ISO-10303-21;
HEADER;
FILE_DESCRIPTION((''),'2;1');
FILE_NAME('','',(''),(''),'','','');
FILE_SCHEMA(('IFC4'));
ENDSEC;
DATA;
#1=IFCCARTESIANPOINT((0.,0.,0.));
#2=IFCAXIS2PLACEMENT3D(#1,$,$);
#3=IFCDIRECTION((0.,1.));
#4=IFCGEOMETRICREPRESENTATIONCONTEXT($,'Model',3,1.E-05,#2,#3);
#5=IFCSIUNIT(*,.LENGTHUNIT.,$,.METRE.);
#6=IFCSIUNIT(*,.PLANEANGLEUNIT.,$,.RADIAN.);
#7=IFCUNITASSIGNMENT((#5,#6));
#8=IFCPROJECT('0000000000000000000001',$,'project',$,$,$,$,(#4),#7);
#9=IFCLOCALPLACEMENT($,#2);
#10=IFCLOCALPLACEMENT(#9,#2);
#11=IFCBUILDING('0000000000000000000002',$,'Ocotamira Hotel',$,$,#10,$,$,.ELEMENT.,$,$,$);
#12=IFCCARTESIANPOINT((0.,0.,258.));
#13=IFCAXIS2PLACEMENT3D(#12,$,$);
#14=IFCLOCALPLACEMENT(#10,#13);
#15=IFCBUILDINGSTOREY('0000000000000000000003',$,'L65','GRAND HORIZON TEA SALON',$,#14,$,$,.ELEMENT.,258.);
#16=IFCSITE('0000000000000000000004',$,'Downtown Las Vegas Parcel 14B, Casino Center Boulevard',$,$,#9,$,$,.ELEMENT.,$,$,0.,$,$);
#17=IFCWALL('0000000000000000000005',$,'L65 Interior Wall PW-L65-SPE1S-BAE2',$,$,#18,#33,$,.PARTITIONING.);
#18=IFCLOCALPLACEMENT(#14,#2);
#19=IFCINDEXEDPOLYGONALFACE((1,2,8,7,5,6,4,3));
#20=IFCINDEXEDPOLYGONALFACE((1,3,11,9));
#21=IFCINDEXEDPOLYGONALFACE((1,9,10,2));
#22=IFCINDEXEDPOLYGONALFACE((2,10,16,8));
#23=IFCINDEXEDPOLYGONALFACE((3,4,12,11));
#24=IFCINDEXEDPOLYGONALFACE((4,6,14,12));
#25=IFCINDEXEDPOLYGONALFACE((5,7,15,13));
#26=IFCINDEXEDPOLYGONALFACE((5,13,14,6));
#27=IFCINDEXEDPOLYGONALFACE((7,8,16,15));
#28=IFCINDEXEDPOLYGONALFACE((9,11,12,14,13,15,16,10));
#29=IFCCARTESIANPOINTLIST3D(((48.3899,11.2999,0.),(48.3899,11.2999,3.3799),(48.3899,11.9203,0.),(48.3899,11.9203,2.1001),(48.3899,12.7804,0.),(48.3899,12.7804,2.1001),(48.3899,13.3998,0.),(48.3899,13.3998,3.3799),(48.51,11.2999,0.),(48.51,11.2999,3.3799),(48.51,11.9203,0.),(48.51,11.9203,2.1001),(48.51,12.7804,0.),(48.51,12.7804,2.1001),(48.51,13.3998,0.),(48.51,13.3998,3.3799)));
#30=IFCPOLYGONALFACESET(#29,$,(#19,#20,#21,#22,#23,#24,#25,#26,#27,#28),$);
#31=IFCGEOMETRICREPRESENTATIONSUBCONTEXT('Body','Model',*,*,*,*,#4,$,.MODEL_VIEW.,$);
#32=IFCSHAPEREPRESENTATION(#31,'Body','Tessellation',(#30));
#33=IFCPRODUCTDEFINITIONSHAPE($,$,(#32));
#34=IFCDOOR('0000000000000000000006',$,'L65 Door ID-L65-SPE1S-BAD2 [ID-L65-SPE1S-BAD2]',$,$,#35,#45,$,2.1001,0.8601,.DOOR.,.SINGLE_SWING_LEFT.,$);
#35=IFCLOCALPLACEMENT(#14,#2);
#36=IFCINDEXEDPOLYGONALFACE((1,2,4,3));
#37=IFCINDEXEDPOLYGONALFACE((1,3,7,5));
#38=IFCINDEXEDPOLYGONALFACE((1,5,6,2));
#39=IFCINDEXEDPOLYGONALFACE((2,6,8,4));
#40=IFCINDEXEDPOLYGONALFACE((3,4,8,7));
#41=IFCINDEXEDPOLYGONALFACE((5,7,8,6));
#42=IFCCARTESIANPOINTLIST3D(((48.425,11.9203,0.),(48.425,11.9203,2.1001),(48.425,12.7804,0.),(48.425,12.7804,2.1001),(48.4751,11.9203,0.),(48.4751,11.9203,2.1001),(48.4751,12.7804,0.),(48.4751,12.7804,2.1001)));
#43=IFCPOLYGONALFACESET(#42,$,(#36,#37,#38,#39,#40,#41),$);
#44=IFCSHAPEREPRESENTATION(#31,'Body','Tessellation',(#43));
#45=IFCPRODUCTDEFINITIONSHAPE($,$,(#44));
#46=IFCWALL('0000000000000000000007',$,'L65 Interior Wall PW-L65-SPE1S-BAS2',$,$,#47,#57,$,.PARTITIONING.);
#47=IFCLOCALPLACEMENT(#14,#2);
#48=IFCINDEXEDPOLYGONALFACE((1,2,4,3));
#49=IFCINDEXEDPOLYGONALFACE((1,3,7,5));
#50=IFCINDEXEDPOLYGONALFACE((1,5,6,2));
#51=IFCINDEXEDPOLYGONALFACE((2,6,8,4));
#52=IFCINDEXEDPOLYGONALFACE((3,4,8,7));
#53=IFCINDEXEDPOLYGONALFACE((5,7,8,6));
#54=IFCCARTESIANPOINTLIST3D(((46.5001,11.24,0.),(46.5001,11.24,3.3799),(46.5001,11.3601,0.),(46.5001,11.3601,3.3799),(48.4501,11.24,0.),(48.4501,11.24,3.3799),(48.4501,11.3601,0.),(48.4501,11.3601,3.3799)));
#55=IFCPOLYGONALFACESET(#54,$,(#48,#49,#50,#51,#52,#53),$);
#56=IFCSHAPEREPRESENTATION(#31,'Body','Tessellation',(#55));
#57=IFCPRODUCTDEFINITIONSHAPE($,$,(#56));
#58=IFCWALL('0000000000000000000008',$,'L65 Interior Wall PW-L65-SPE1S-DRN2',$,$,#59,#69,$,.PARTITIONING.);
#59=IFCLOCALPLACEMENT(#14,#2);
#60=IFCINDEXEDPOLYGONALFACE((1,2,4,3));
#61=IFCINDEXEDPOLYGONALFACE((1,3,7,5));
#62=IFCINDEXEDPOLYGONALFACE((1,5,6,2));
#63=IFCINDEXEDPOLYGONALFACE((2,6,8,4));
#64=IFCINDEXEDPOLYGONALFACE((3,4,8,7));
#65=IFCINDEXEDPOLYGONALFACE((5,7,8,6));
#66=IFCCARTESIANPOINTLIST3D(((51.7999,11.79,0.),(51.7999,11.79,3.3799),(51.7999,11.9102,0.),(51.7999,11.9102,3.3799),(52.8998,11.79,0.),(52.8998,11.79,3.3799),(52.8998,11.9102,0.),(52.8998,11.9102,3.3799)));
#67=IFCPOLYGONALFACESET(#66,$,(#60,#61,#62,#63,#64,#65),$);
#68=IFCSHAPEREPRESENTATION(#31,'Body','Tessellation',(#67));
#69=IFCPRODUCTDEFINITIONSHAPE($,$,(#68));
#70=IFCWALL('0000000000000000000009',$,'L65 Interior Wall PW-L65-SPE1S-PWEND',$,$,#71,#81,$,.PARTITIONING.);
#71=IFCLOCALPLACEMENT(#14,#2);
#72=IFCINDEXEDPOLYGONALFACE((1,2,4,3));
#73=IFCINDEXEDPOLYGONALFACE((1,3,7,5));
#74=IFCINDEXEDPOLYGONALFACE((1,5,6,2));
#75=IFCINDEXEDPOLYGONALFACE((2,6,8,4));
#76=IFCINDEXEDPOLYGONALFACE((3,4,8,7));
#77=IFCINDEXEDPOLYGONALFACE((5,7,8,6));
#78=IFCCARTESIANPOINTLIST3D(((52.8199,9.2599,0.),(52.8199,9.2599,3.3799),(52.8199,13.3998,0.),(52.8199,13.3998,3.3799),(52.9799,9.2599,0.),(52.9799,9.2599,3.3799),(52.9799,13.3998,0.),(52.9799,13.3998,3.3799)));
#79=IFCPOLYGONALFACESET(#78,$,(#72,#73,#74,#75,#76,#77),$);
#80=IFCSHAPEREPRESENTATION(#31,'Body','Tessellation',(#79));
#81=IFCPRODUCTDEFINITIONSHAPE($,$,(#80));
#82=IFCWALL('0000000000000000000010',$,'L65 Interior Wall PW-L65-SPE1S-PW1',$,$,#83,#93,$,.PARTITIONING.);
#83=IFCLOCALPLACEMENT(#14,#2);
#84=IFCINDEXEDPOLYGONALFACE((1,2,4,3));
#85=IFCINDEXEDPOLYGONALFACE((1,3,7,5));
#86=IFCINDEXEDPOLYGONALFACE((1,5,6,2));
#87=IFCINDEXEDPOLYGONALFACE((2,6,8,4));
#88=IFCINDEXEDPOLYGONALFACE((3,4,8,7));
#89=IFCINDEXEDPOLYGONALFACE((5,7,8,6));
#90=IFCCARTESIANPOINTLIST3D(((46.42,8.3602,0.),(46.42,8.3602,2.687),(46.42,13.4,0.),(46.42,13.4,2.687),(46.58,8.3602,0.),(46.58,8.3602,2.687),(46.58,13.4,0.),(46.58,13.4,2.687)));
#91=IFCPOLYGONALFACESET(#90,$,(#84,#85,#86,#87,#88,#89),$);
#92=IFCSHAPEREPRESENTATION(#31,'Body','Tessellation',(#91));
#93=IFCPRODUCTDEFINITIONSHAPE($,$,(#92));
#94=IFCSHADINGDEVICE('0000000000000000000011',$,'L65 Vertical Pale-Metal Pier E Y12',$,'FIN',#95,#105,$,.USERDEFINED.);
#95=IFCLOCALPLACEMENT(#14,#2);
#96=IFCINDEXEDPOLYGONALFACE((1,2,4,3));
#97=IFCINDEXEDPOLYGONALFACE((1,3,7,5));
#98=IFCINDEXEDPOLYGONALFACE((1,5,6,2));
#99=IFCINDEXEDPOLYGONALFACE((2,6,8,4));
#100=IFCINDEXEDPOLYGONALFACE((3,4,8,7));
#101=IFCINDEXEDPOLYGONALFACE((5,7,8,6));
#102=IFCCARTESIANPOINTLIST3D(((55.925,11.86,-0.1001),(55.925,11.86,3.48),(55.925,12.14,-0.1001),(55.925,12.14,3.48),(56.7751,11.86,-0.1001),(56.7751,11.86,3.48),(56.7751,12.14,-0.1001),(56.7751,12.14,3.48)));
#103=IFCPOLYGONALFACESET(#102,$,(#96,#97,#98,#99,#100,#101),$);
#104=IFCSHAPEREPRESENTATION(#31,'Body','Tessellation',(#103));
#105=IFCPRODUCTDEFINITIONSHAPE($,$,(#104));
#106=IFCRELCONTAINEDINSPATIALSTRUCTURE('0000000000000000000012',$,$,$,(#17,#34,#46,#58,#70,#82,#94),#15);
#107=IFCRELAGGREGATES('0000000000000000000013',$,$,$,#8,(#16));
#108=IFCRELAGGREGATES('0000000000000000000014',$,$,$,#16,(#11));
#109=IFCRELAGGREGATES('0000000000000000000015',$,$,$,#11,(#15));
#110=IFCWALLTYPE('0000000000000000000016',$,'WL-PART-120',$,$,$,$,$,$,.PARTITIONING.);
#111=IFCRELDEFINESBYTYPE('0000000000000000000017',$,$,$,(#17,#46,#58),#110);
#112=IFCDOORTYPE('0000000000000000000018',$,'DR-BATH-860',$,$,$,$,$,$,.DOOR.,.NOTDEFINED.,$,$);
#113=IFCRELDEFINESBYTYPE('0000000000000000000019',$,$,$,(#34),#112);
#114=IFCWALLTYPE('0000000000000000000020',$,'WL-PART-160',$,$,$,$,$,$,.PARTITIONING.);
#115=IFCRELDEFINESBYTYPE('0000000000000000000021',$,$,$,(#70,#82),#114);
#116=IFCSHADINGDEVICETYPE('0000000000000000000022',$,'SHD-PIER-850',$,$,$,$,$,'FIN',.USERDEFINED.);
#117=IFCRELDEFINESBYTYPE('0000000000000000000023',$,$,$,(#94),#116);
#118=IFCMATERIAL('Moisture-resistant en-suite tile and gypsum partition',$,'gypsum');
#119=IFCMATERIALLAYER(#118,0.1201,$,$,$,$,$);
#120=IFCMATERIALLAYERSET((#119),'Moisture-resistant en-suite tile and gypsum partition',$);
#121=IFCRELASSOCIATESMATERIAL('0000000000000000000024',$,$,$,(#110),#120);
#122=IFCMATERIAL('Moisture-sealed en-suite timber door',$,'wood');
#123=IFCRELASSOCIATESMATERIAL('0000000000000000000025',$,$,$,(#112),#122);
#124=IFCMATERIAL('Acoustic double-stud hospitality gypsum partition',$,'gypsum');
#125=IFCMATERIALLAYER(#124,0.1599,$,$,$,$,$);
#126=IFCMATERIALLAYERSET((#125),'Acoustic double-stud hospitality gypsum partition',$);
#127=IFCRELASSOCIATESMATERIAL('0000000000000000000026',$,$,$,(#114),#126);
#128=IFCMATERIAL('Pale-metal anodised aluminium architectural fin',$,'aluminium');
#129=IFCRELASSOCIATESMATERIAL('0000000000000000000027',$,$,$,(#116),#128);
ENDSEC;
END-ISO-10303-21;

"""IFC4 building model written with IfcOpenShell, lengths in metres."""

from ifc_helpers import new_model, si_unit, direction, frame, frame_2d, origin, origin_2d, place, context, subcontext, project, spatial, rectangle, extrude, source, transform, mapped, material, layer, layer_set, type_object, element, fill, save


model = new_model("IFC4")

# Units and contexts
model_context = context("Model", 3, precision=1e-05, world=origin(), true_north=direction((0.0, 1.0)))
body_context = subcontext(model_context, "Body", "Model", "MODEL_VIEW")
ifc_project = project(units=[si_unit("LENGTHUNIT", "METRE"), si_unit("PLANEANGLEUNIT", "RADIAN")], contexts=[model_context])

# Site, building, storey
site_placement = place(None, origin())
site = spatial("IfcSite", under=ifc_project, at=site_placement, Name="Downtown Las Vegas Parcel 14B, Casino Center Boulevard", CompositionType="ELEMENT", RefElevation=0.0)
building_placement = place(site_placement, origin())
building = spatial("IfcBuilding", under=site, at=building_placement, Name="Ocotamira Hotel", CompositionType="ELEMENT")
storey_placement = place(building_placement, frame((0.0, 0.0, 258.0)))
storey = spatial("IfcBuildingStorey", under=building, at=storey_placement, Name="L65", Description="GRAND HORIZON TEA SALON", CompositionType="ELEMENT", Elevation=258.0)

# Wall, opening, door
ifc_material_1 = material(Name="Moisture-resistant en-suite tile and gypsum partition", Category="gypsum")
ifc_layer_1 = layer(ifc_material_1, 0.1201)
ifc_layer_set_1 = layer_set([ifc_layer_1], Name="Moisture-resistant en-suite tile and gypsum partition")
wall_type_1 = type_object("IfcWallType", Name="WL-PART-120", PredefinedType="PARTITIONING", material=ifc_layer_set_1)
wall_1_placement = place(storey_placement, frame((48.45, 11.3, 0.0), z_axis=(0.0, 0.0, 1.0), x_axis=(0.0, 1.0, 0.0)))
wall_1 = element("IfcWall", 1, at=wall_1_placement, inside=storey, type_object=wall_type_1, Name="L65 Interior Wall PW-L65-SPE1S-BAE2", PredefinedType="PARTITIONING", context=body_context, shape_type="SweptSolid", body=[
    extrude(rectangle(XDim=2.0999, YDim=0.1201, at=frame_2d((1.0498, 0.0))), origin(), (0.0, 0.0, 1.0), 3.3799),
])
opening_placement = place(wall_1_placement, frame((0.6201, 0.0, 0.0)))
opening = element("IfcOpeningElement", 2, at=opening_placement, cuts=wall_1, PredefinedType="OPENING", context=body_context, shape_type="SweptSolid", body=[
    extrude(rectangle(XDim=0.8601, YDim=2.1001, at=frame_2d((0.4302, 1.05))), frame((0.0, 0.0701, 0.0), z_axis=(0.0, -1.0, 0.0), x_axis=(1.0, 0.0, 0.0)), (0.0, 0.0, 1.0), 0.1401),
])
ifc_material_2 = material(Name="Moisture-sealed en-suite timber door", Category="wood")
door_type = type_object("IfcDoorType", Name="DR-BATH-860", OperationType="NOTDEFINED", PredefinedType="DOOR", material=ifc_material_2)
shared_shape_1 = source(origin(), body_context, "Body", "SweptSolid", [
    extrude(rectangle(XDim=0.8601, YDim=2.1001, at=frame_2d((0.4302, 1.05))), frame((0.0, 0.0249, 0.0), z_axis=(0.0, -1.0, 0.0), x_axis=(1.0, 0.0, 0.0)), (0.0, 0.0, 1.0), 0.05),
])
door_placement = place(opening_placement, origin())
door = element("IfcDoor", 3, at=door_placement, inside=storey, type_object=door_type, Name="L65 Door ID-L65-SPE1S-BAD2 [ID-L65-SPE1S-BAD2]", OperationType="SINGLE_SWING_LEFT", OverallHeight=2.1001, OverallWidth=0.8601, PredefinedType="DOOR", context=body_context, shape_type="MappedRepresentation", body=[
    mapped(shared_shape_1, transform((0.0, 0.0, 0.0), scale=1.0)),
])
fill(opening, door)

# Walls
wall_2_placement = place(storey_placement, frame((46.5, 11.3, 0.0), z_axis=(0.0, 0.0, 1.0), x_axis=(1.0, 0.0, 0.0)))
element("IfcWall", 4, at=wall_2_placement, inside=storey, type_object=wall_type_1, Name="L65 Interior Wall PW-L65-SPE1S-BAS2", PredefinedType="PARTITIONING", context=body_context, shape_type="SweptSolid", body=[
    extrude(rectangle(XDim=1.95, YDim=0.1201, at=frame_2d((0.9751, 0.0))), origin(), (0.0, 0.0, 1.0), 3.3799),
])
wall_3_placement = place(storey_placement, frame((51.8, 11.8501, 0.0), z_axis=(0.0, 0.0, 1.0), x_axis=(1.0, 0.0, 0.0)))
element("IfcWall", 5, at=wall_3_placement, inside=storey, type_object=wall_type_1, Name="L65 Interior Wall PW-L65-SPE1S-DRN2", PredefinedType="PARTITIONING", context=body_context, shape_type="SweptSolid", body=[
    extrude(rectangle(XDim=1.0999, YDim=0.1201, at=frame_2d((0.5498, 0.0))), origin(), (0.0, 0.0, 1.0), 3.3799),
])
ifc_material_3 = material(Name="Acoustic double-stud hospitality gypsum partition", Category="gypsum")
ifc_layer_2 = layer(ifc_material_3, 0.1599)
ifc_layer_set_2 = layer_set([ifc_layer_2], Name="Acoustic double-stud hospitality gypsum partition")
wall_type_2 = type_object("IfcWallType", Name="WL-PART-160", PredefinedType="PARTITIONING", material=ifc_layer_set_2)
wall_4_placement = place(storey_placement, frame((52.8999, 9.26, 0.0), z_axis=(0.0, 0.0, 1.0), x_axis=(0.0, 1.0, 0.0)))
element("IfcWall", 6, at=wall_4_placement, inside=storey, type_object=wall_type_2, Name="L65 Interior Wall PW-L65-SPE1S-PWEND", PredefinedType="PARTITIONING", context=body_context, shape_type="SweptSolid", body=[
    extrude(rectangle(XDim=4.1399, YDim=0.1599, at=frame_2d((2.0698, 0.0))), origin(), (0.0, 0.0, 1.0), 3.3799),
])
wall_5_placement = place(storey_placement, frame((46.5, 8.3601, 0.0), z_axis=(0.0, 0.0, 1.0), x_axis=(0.0, 1.0, 0.0)))
element("IfcWall", 7, at=wall_5_placement, inside=storey, type_object=wall_type_2, Name="L65 Interior Wall PW-L65-SPE1S-PW1", PredefinedType="PARTITIONING", context=body_context, shape_type="SweptSolid", body=[
    extrude(rectangle(XDim=5.0398, YDim=0.1599, at=frame_2d((2.52, 0.0))), origin(), (0.0, 0.0, 1.0), 2.687),
])

# Shading device
ifc_material_4 = material(Name="Pale-metal anodised aluminium architectural fin", Category="aluminium")
shading_device_type = type_object("IfcShadingDeviceType", Name="SHD-PIER-850", ElementType="FIN", PredefinedType="USERDEFINED", material=ifc_material_4)
shared_shape_2 = source(origin(), body_context, "Body", "SweptSolid", [
    extrude(rectangle(XDim=0.8501, YDim=0.28, at=origin_2d()), origin(), (0.0, 0.0, 1.0), 3.5801),
])
shading_device_placement = place(storey_placement, frame((56.3501, 12.0, -0.1001), z_axis=(0.0, 0.0, 1.0), x_axis=(1.0, 0.0, 0.0)))
element("IfcShadingDevice", 8, at=shading_device_placement, inside=storey, type_object=shading_device_type, Name="L65 Vertical Pale-Metal Pier E Y12", ObjectType="FIN", PredefinedType="USERDEFINED", context=body_context, shape_type="MappedRepresentation", body=[
    mapped(shared_shape_2, transform((0.0, 0.0, 0.0), scale=1.0)),
])

save(model, "model.ifc")
